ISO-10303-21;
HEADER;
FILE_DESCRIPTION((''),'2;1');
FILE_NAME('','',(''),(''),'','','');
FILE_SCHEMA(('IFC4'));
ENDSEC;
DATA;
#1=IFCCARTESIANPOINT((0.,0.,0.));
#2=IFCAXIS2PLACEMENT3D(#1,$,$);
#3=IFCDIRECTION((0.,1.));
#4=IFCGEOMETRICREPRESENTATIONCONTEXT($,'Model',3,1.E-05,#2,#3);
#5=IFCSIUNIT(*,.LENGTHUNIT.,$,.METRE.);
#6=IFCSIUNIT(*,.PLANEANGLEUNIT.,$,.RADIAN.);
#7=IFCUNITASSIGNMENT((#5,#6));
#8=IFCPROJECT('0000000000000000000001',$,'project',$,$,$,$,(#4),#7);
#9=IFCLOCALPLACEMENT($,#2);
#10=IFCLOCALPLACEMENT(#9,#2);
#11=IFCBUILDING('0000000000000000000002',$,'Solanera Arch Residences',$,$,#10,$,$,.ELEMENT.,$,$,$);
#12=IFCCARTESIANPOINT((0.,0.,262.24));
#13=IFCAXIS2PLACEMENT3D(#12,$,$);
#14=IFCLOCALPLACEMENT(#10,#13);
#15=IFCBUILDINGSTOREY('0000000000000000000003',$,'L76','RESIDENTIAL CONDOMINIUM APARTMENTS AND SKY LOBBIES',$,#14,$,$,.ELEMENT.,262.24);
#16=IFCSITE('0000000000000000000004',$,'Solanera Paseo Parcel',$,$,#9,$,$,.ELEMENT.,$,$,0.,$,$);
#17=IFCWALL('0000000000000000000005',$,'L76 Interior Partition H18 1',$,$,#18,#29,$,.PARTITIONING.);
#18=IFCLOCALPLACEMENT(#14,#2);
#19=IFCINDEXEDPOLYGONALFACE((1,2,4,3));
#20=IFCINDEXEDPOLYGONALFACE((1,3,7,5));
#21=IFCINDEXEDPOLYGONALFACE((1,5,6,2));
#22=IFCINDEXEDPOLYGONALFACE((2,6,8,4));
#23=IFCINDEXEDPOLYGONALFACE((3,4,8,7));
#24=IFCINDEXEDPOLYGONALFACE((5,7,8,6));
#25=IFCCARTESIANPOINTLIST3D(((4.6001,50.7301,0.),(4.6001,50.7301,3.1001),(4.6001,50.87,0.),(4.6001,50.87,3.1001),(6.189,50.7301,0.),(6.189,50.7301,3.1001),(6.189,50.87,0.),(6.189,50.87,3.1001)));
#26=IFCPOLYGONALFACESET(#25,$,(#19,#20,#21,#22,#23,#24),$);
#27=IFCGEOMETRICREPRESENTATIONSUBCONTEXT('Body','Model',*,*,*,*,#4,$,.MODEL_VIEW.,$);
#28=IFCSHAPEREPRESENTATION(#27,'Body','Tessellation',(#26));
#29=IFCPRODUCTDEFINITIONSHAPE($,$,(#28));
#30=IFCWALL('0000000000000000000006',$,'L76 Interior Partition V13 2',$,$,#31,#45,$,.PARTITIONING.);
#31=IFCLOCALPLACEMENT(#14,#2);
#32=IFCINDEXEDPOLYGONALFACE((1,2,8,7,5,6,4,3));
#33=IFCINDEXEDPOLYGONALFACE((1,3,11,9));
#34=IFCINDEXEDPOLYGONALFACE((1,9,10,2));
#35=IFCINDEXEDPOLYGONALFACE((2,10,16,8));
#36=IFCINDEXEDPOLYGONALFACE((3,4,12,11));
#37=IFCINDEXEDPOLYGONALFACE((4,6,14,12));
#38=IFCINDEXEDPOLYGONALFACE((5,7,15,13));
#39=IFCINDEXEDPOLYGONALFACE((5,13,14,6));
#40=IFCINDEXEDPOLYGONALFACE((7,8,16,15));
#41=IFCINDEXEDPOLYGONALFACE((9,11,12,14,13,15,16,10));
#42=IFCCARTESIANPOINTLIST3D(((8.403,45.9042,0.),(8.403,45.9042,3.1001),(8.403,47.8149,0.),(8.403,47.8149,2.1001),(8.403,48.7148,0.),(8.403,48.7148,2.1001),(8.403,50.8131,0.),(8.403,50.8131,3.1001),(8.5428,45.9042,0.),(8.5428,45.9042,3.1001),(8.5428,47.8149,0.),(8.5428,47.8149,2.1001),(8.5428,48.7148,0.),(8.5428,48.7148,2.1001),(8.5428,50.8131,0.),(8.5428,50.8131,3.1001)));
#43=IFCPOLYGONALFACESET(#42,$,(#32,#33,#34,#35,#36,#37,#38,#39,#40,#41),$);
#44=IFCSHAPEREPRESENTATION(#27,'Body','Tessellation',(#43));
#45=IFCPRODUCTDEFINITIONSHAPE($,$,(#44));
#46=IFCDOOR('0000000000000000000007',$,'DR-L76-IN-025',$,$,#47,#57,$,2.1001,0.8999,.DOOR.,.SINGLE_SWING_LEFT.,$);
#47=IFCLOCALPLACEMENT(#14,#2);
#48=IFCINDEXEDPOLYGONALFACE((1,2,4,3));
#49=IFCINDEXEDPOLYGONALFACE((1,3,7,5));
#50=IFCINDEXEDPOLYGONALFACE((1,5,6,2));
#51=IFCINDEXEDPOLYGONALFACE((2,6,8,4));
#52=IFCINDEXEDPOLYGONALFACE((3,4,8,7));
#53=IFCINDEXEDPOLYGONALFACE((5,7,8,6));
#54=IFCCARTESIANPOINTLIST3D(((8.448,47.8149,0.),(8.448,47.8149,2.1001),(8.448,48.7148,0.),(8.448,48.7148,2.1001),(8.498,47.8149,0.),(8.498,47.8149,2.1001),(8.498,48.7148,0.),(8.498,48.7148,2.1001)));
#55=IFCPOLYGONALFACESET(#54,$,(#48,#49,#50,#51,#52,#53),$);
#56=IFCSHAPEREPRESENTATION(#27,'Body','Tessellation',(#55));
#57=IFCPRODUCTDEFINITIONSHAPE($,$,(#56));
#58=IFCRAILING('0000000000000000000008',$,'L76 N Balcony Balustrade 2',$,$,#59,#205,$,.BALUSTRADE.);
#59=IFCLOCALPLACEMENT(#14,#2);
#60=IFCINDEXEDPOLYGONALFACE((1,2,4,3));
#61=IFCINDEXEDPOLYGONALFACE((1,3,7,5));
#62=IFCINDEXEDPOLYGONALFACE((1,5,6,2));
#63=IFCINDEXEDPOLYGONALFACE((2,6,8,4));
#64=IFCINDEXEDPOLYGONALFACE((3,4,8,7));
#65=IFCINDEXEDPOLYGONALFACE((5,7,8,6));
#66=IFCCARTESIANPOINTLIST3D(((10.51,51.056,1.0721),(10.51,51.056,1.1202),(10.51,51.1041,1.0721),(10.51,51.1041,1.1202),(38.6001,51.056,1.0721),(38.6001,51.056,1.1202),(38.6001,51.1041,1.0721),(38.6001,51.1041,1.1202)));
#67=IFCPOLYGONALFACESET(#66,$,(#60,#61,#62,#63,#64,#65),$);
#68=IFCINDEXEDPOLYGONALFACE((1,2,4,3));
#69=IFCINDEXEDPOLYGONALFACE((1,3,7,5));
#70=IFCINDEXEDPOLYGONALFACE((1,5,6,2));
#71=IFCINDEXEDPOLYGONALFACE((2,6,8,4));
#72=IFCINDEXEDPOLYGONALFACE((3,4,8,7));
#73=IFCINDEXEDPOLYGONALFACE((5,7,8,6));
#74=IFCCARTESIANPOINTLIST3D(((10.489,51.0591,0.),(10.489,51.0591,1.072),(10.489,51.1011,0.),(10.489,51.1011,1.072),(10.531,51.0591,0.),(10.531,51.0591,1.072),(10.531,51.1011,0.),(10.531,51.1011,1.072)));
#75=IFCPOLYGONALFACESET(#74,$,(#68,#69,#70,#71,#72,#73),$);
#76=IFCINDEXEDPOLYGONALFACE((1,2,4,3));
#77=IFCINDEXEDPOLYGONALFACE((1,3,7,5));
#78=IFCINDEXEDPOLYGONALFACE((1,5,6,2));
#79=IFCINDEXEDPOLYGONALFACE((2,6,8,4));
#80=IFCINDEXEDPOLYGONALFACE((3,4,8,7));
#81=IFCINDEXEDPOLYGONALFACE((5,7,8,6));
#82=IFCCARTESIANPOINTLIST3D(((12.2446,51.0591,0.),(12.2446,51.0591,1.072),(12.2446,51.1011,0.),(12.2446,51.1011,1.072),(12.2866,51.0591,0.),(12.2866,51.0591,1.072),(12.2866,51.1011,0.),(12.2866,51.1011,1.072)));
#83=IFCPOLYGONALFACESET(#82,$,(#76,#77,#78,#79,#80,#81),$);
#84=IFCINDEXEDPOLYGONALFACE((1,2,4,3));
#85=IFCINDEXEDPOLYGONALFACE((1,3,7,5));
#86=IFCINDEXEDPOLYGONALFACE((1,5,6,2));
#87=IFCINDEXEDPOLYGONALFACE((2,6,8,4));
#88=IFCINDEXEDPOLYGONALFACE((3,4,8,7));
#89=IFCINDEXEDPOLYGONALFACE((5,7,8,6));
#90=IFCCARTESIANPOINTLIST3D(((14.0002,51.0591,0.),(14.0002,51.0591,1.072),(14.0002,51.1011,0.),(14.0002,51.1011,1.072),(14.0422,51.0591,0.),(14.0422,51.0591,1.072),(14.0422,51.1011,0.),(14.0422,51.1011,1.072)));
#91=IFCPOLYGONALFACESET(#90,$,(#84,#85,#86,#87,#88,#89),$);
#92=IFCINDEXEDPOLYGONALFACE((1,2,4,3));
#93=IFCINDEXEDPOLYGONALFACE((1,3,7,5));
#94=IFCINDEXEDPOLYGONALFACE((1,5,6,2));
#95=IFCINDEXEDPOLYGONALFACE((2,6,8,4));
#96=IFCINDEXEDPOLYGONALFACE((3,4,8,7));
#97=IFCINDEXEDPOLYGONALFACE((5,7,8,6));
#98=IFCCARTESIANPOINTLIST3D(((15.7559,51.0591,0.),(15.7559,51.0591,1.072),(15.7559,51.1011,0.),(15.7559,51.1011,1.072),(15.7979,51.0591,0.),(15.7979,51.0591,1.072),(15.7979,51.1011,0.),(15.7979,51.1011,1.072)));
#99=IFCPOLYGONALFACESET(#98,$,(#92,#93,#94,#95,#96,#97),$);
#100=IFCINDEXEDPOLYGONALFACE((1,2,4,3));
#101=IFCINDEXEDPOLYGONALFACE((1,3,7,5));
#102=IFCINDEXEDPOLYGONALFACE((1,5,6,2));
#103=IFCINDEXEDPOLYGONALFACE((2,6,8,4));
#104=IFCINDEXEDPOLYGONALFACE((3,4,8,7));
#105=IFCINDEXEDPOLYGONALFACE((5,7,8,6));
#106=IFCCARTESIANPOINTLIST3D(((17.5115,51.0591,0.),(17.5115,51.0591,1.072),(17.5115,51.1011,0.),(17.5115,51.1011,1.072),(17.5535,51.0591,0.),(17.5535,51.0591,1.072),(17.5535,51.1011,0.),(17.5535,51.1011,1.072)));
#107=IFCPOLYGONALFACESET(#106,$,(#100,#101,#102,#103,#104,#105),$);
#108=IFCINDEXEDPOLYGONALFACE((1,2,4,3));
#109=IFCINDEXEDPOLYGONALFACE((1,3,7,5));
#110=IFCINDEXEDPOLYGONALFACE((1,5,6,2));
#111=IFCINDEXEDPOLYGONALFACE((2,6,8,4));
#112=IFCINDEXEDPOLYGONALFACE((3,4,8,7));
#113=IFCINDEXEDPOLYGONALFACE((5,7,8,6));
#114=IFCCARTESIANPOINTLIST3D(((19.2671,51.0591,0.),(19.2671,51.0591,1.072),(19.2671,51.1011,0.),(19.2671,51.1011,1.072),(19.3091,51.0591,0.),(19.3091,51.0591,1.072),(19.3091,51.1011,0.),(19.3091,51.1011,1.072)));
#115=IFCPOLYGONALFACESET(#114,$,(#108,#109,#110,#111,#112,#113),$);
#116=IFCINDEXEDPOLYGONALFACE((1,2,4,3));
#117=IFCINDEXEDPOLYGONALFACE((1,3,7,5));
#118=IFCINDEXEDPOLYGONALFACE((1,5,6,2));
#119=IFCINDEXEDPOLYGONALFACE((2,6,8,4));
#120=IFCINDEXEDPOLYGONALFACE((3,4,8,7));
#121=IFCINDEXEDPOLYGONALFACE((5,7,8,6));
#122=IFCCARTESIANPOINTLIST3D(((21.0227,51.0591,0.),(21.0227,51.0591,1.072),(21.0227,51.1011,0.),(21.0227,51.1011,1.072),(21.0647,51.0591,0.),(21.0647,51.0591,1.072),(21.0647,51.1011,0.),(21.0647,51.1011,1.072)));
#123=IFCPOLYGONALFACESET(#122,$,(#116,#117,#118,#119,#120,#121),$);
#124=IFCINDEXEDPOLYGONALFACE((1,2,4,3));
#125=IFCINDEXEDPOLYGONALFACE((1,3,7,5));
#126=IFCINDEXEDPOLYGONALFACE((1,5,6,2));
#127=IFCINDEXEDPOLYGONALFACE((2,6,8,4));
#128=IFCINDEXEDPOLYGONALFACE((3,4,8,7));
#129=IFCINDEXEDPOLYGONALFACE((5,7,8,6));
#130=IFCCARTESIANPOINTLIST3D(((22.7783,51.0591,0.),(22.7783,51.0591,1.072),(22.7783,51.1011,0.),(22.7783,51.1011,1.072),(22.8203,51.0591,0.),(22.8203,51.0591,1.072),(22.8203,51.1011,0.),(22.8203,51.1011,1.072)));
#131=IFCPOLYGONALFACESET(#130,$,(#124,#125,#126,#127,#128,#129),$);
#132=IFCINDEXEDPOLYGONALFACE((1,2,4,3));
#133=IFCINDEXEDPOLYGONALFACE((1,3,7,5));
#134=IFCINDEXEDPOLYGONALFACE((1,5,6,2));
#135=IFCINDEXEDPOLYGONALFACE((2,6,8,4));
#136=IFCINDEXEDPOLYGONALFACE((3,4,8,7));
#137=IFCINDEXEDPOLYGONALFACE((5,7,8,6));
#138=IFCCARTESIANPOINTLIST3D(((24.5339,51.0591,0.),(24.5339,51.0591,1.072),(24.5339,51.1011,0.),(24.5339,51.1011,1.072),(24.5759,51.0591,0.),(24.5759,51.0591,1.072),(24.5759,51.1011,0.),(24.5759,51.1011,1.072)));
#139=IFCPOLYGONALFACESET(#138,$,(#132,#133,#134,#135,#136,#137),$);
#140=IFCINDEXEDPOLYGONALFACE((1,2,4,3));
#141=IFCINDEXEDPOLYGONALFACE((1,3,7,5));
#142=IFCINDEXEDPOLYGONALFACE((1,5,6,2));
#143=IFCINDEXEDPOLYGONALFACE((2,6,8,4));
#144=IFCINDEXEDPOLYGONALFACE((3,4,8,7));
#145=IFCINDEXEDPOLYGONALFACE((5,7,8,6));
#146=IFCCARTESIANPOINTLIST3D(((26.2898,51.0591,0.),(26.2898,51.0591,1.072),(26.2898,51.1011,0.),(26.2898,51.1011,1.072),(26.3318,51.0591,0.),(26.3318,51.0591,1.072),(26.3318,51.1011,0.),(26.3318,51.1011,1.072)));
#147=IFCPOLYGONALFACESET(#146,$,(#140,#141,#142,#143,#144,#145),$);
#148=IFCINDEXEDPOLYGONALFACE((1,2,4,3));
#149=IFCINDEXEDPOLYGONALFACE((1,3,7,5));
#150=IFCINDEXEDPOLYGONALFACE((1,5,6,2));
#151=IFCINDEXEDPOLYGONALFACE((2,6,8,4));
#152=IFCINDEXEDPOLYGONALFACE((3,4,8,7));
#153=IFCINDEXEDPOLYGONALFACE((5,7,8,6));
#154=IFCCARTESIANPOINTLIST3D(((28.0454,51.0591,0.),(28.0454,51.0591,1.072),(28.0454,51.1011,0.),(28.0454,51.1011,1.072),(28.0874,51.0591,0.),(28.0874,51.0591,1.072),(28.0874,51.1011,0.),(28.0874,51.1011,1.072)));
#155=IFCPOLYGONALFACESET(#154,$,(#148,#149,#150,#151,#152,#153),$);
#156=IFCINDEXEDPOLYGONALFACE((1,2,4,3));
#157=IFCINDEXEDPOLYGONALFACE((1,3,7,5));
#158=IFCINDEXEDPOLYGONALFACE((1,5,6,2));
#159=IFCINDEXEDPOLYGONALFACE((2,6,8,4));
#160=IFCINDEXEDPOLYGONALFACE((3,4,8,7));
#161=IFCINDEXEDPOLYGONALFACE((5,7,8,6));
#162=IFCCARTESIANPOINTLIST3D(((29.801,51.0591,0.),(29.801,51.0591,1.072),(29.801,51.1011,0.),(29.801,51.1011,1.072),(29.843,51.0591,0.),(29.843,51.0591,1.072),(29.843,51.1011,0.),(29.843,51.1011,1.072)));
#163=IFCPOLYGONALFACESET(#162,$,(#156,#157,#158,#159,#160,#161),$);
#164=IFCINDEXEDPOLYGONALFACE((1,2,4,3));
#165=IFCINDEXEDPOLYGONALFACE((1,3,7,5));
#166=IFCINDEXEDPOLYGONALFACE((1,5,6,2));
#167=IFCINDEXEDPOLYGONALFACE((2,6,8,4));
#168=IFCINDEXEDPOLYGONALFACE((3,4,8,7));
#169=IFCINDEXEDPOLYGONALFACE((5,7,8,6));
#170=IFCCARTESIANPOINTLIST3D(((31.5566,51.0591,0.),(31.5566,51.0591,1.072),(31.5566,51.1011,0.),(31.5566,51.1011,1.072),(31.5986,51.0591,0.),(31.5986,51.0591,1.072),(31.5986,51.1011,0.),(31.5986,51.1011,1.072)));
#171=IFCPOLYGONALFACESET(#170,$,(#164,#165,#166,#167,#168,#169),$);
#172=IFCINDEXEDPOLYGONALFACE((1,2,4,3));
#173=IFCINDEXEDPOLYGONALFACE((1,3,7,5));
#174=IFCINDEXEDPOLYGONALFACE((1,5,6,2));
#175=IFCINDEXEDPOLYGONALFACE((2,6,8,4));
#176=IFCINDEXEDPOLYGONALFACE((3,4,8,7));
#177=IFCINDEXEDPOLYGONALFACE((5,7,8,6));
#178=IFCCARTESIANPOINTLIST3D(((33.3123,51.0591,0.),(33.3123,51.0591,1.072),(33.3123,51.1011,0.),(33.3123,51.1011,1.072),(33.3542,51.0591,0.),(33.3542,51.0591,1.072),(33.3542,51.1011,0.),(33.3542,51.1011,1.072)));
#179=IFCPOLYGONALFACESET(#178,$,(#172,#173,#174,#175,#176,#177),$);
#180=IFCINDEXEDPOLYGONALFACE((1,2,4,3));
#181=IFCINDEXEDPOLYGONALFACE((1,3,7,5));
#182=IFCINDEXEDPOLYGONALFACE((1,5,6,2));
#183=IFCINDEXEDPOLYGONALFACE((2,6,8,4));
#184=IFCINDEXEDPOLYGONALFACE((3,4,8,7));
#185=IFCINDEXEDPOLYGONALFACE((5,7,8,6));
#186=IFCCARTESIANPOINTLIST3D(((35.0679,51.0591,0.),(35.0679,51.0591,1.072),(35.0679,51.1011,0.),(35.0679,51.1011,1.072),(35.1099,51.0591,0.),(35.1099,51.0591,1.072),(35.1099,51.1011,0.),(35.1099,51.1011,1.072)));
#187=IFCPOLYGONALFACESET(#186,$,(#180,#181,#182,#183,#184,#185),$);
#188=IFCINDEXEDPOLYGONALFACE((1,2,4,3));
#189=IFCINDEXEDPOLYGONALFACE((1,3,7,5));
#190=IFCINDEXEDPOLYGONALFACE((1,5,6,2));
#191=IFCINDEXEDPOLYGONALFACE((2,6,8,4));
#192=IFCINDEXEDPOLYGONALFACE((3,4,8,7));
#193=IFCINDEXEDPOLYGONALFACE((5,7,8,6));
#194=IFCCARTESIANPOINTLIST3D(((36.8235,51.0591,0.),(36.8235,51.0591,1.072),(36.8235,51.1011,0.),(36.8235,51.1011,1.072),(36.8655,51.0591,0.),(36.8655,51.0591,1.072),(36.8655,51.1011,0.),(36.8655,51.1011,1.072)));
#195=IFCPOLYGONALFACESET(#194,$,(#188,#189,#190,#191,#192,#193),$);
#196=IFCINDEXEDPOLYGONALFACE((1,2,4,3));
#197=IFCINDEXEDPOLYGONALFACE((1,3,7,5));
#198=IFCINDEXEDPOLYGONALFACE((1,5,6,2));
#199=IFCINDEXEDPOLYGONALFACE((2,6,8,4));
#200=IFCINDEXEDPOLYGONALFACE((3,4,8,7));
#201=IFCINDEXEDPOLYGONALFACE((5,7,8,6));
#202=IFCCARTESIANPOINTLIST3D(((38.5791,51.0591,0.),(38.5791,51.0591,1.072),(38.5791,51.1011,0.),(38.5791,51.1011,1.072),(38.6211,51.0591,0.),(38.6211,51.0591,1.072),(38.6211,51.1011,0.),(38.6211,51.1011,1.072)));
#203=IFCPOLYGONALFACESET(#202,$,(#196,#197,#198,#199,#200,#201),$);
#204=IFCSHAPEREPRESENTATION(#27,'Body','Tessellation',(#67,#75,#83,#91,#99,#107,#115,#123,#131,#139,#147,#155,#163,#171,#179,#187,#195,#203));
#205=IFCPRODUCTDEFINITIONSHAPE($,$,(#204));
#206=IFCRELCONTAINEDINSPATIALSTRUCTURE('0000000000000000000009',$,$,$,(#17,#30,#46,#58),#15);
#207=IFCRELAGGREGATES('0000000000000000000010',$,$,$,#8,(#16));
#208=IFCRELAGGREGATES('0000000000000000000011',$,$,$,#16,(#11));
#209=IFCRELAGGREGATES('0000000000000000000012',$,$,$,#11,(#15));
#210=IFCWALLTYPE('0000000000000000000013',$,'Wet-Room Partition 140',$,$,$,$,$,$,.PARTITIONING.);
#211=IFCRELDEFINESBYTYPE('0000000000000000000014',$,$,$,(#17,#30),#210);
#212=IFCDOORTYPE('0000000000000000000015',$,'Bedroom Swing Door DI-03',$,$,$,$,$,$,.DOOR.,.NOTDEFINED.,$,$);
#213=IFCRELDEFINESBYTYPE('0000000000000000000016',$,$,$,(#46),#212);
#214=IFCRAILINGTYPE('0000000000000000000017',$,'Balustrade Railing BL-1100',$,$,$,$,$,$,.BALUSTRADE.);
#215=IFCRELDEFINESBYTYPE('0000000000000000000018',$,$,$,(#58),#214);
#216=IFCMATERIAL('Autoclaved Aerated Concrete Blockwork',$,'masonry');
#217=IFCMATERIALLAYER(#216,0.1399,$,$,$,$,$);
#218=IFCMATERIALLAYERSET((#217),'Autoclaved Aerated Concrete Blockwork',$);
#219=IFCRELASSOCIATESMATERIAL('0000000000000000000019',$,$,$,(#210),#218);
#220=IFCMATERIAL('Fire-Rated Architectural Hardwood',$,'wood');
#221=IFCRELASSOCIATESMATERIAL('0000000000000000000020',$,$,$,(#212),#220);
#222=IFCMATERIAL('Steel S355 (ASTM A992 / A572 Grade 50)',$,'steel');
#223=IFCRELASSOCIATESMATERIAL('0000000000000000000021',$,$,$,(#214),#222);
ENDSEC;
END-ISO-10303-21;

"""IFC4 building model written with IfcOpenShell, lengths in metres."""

from ifc_helpers import new_model, si_unit, direction, frame, frame_2d, origin, origin_2d, place, context, subcontext, project, spatial, rectangle, extrude, material, layer, layer_set, type_object, element, fill, save


model = new_model("IFC4")

# Units and contexts
model_context = context("Model", 3, precision=1e-05, world=origin(), true_north=direction((0.0, 1.0)))
body_context = subcontext(model_context, "Body", "Model", "MODEL_VIEW")
ifc_project = project(units=[si_unit("LENGTHUNIT", "METRE"), si_unit("PLANEANGLEUNIT", "RADIAN")], contexts=[model_context])

# Site, building, storey
site_placement = place(None, origin())
site = spatial("IfcSite", under=ifc_project, at=site_placement, Name="Solanera Paseo Parcel", CompositionType="ELEMENT", RefElevation=0.0)
building_placement = place(site_placement, origin())
building = spatial("IfcBuilding", under=site, at=building_placement, Name="Solanera Arch Residences", CompositionType="ELEMENT")
storey_placement = place(building_placement, frame((0.0, 0.0, 262.24)))
storey = spatial("IfcBuildingStorey", under=building, at=storey_placement, Name="L76", Description="RESIDENTIAL CONDOMINIUM APARTMENTS AND SKY LOBBIES", CompositionType="ELEMENT", Elevation=262.24)

# Wall
ifc_material_1 = material(Name="Autoclaved Aerated Concrete Blockwork", Category="masonry")
ifc_layer_1 = layer(ifc_material_1, 0.1399)
ifc_layer_set_1 = layer_set([ifc_layer_1], Name="Autoclaved Aerated Concrete Blockwork")
wall_type_1 = type_object("IfcWallType", Name="Wet-Room Partition 140", PredefinedType="PARTITIONING", material=ifc_layer_set_1)
wall_1_placement = place(storey_placement, frame((4.6001, 50.8, 0.0), z_axis=(0.0, 0.0, 1.0), x_axis=(1.0, 0.0, 0.0)))
element("IfcWall", 1, at=wall_1_placement, inside=storey, type_object=wall_type_1, Name="L76 Interior Partition H18 1", PredefinedType="PARTITIONING", context=body_context, shape_type="SweptSolid", body=[
    extrude(rectangle(XDim=1.5889, YDim=0.1399, at=frame_2d((0.7944, 0.0))), origin(), (0.0, 0.0, 1.0), 3.1001),
])

# Wall, opening, door
wall_2_placement = place(storey_placement, frame((8.4729, 45.9041, 0.0), z_axis=(0.0, 0.0, 1.0), x_axis=(0.0, 1.0, 0.0)))
wall_2 = element("IfcWall", 2, at=wall_2_placement, inside=storey, type_object=wall_type_1, Name="L76 Interior Partition V13 2", PredefinedType="PARTITIONING", context=body_context, shape_type="SweptSolid", body=[
    extrude(rectangle(XDim=4.9089, YDim=0.1399, at=frame_2d((2.4546, 0.0))), origin(), (0.0, 0.0, 1.0), 3.1001),
])
opening_1_placement = place(wall_2_placement, frame((1.9109, 0.0, 0.0)))
opening_1 = element("IfcOpeningElement", 3, at=opening_1_placement, cuts=wall_2, PredefinedType="OPENING", context=body_context, shape_type="SweptSolid", body=[
    extrude(rectangle(XDim=0.8999, YDim=2.1001, at=frame_2d((0.45, 1.05))), frame((0.0, 0.0798, 0.0), z_axis=(0.0, -1.0, 0.0), x_axis=(1.0, 0.0, 0.0)), (0.0, 0.0, 1.0), 0.1599),
])
ifc_material_2 = material(Name="Fire-Rated Architectural Hardwood", Category="wood")
door_type_1 = type_object("IfcDoorType", Name="Bedroom Swing Door DI-03", OperationType="NOTDEFINED", PredefinedType="DOOR", material=ifc_material_2)
door_1_placement = place(opening_1_placement, origin())
door_1 = element("IfcDoor", 4, at=door_1_placement, inside=storey, type_object=door_type_1, Name="DR-L76-IN-025", OperationType="SINGLE_SWING_LEFT", OverallHeight=2.1001, OverallWidth=0.8999, PredefinedType="DOOR", context=body_context, shape_type="SweptSolid", body=[
    extrude(rectangle(XDim=0.8999, YDim=2.1001, at=frame_2d((0.45, 1.05))), frame((0.0, 0.0249, 0.0), z_axis=(0.0, -1.0, 0.0), x_axis=(1.0, 0.0, 0.0)), (0.0, 0.0, 1.0), 0.05),
])
fill(opening_1, door_1)

# Railing
ifc_material_3 = material(Name="Steel S355 (ASTM A992 / A572 Grade 50)", Category="steel")
railing_type = type_object("IfcRailingType", Name="Balustrade Railing BL-1100", PredefinedType="BALUSTRADE", material=ifc_material_3)
railing_1_placement = place(storey_placement, frame((10.51, 51.0801, 0.0)))
element("IfcRailing", 5, at=railing_1_placement, inside=storey, type_object=railing_type, Name="L76 N Balcony Balustrade 2", PredefinedType="BALUSTRADE", context=body_context, shape_type="SweptSolid", body=[
    extrude(rectangle(XDim=0.0481, YDim=0.0481, at=origin_2d()), frame((0.0, 0.0, 1.0962), z_axis=(1.0, 0.0, 0.0), x_axis=(0.0, 1.0, 0.0)), (0.0, 0.0, 1.0), 28.0901),
    extrude(rectangle(XDim=0.042, YDim=0.042, at=origin_2d()), origin(), (0.0, 0.0, 1.0), 1.072),
    extrude(rectangle(XDim=0.042, YDim=0.042, at=origin_2d()), frame((1.7556, 0.0, 0.0)), (0.0, 0.0, 1.0), 1.072),
    extrude(rectangle(XDim=0.042, YDim=0.042, at=origin_2d()), frame((3.5112, 0.0, 0.0)), (0.0, 0.0, 1.0), 1.072),
    extrude(rectangle(XDim=0.042, YDim=0.042, at=origin_2d()), frame((5.2668, 0.0, 0.0)), (0.0, 0.0, 1.0), 1.072),
    extrude(rectangle(XDim=0.042, YDim=0.042, at=origin_2d()), frame((7.0225, 0.0, 0.0)), (0.0, 0.0, 1.0), 1.072),
    extrude(rectangle(XDim=0.042, YDim=0.042, at=origin_2d()), frame((8.7781, 0.0, 0.0)), (0.0, 0.0, 1.0), 1.072),
    extrude(rectangle(XDim=0.042, YDim=0.042, at=origin_2d()), frame((10.5337, 0.0, 0.0)), (0.0, 0.0, 1.0), 1.072),
    extrude(rectangle(XDim=0.042, YDim=0.042, at=origin_2d()), frame((12.2893, 0.0, 0.0)), (0.0, 0.0, 1.0), 1.072),
    extrude(rectangle(XDim=0.042, YDim=0.042, at=origin_2d()), frame((14.0449, 0.0, 0.0)), (0.0, 0.0, 1.0), 1.072),
    extrude(rectangle(XDim=0.042, YDim=0.042, at=origin_2d()), frame((15.8008, 0.0, 0.0)), (0.0, 0.0, 1.0), 1.072),
    extrude(rectangle(XDim=0.042, YDim=0.042, at=origin_2d()), frame((17.5564, 0.0, 0.0)), (0.0, 0.0, 1.0), 1.072),
    extrude(rectangle(XDim=0.042, YDim=0.042, at=origin_2d()), frame((19.312, 0.0, 0.0)), (0.0, 0.0, 1.0), 1.072),
    extrude(rectangle(XDim=0.042, YDim=0.042, at=origin_2d()), frame((21.0676, 0.0, 0.0)), (0.0, 0.0, 1.0), 1.072),
    extrude(rectangle(XDim=0.042, YDim=0.042, at=origin_2d()), frame((22.8232, 0.0, 0.0)), (0.0, 0.0, 1.0), 1.072),
    extrude(rectangle(XDim=0.042, YDim=0.042, at=origin_2d()), frame((24.5789, 0.0, 0.0)), (0.0, 0.0, 1.0), 1.072),
    extrude(rectangle(XDim=0.042, YDim=0.042, at=origin_2d()), frame((26.3345, 0.0, 0.0)), (0.0, 0.0, 1.0), 1.072),
    extrude(rectangle(XDim=0.042, YDim=0.042, at=origin_2d()), frame((28.0901, 0.0, 0.0)), (0.0, 0.0, 1.0), 1.072),
])

save(model, "model.ifc")
